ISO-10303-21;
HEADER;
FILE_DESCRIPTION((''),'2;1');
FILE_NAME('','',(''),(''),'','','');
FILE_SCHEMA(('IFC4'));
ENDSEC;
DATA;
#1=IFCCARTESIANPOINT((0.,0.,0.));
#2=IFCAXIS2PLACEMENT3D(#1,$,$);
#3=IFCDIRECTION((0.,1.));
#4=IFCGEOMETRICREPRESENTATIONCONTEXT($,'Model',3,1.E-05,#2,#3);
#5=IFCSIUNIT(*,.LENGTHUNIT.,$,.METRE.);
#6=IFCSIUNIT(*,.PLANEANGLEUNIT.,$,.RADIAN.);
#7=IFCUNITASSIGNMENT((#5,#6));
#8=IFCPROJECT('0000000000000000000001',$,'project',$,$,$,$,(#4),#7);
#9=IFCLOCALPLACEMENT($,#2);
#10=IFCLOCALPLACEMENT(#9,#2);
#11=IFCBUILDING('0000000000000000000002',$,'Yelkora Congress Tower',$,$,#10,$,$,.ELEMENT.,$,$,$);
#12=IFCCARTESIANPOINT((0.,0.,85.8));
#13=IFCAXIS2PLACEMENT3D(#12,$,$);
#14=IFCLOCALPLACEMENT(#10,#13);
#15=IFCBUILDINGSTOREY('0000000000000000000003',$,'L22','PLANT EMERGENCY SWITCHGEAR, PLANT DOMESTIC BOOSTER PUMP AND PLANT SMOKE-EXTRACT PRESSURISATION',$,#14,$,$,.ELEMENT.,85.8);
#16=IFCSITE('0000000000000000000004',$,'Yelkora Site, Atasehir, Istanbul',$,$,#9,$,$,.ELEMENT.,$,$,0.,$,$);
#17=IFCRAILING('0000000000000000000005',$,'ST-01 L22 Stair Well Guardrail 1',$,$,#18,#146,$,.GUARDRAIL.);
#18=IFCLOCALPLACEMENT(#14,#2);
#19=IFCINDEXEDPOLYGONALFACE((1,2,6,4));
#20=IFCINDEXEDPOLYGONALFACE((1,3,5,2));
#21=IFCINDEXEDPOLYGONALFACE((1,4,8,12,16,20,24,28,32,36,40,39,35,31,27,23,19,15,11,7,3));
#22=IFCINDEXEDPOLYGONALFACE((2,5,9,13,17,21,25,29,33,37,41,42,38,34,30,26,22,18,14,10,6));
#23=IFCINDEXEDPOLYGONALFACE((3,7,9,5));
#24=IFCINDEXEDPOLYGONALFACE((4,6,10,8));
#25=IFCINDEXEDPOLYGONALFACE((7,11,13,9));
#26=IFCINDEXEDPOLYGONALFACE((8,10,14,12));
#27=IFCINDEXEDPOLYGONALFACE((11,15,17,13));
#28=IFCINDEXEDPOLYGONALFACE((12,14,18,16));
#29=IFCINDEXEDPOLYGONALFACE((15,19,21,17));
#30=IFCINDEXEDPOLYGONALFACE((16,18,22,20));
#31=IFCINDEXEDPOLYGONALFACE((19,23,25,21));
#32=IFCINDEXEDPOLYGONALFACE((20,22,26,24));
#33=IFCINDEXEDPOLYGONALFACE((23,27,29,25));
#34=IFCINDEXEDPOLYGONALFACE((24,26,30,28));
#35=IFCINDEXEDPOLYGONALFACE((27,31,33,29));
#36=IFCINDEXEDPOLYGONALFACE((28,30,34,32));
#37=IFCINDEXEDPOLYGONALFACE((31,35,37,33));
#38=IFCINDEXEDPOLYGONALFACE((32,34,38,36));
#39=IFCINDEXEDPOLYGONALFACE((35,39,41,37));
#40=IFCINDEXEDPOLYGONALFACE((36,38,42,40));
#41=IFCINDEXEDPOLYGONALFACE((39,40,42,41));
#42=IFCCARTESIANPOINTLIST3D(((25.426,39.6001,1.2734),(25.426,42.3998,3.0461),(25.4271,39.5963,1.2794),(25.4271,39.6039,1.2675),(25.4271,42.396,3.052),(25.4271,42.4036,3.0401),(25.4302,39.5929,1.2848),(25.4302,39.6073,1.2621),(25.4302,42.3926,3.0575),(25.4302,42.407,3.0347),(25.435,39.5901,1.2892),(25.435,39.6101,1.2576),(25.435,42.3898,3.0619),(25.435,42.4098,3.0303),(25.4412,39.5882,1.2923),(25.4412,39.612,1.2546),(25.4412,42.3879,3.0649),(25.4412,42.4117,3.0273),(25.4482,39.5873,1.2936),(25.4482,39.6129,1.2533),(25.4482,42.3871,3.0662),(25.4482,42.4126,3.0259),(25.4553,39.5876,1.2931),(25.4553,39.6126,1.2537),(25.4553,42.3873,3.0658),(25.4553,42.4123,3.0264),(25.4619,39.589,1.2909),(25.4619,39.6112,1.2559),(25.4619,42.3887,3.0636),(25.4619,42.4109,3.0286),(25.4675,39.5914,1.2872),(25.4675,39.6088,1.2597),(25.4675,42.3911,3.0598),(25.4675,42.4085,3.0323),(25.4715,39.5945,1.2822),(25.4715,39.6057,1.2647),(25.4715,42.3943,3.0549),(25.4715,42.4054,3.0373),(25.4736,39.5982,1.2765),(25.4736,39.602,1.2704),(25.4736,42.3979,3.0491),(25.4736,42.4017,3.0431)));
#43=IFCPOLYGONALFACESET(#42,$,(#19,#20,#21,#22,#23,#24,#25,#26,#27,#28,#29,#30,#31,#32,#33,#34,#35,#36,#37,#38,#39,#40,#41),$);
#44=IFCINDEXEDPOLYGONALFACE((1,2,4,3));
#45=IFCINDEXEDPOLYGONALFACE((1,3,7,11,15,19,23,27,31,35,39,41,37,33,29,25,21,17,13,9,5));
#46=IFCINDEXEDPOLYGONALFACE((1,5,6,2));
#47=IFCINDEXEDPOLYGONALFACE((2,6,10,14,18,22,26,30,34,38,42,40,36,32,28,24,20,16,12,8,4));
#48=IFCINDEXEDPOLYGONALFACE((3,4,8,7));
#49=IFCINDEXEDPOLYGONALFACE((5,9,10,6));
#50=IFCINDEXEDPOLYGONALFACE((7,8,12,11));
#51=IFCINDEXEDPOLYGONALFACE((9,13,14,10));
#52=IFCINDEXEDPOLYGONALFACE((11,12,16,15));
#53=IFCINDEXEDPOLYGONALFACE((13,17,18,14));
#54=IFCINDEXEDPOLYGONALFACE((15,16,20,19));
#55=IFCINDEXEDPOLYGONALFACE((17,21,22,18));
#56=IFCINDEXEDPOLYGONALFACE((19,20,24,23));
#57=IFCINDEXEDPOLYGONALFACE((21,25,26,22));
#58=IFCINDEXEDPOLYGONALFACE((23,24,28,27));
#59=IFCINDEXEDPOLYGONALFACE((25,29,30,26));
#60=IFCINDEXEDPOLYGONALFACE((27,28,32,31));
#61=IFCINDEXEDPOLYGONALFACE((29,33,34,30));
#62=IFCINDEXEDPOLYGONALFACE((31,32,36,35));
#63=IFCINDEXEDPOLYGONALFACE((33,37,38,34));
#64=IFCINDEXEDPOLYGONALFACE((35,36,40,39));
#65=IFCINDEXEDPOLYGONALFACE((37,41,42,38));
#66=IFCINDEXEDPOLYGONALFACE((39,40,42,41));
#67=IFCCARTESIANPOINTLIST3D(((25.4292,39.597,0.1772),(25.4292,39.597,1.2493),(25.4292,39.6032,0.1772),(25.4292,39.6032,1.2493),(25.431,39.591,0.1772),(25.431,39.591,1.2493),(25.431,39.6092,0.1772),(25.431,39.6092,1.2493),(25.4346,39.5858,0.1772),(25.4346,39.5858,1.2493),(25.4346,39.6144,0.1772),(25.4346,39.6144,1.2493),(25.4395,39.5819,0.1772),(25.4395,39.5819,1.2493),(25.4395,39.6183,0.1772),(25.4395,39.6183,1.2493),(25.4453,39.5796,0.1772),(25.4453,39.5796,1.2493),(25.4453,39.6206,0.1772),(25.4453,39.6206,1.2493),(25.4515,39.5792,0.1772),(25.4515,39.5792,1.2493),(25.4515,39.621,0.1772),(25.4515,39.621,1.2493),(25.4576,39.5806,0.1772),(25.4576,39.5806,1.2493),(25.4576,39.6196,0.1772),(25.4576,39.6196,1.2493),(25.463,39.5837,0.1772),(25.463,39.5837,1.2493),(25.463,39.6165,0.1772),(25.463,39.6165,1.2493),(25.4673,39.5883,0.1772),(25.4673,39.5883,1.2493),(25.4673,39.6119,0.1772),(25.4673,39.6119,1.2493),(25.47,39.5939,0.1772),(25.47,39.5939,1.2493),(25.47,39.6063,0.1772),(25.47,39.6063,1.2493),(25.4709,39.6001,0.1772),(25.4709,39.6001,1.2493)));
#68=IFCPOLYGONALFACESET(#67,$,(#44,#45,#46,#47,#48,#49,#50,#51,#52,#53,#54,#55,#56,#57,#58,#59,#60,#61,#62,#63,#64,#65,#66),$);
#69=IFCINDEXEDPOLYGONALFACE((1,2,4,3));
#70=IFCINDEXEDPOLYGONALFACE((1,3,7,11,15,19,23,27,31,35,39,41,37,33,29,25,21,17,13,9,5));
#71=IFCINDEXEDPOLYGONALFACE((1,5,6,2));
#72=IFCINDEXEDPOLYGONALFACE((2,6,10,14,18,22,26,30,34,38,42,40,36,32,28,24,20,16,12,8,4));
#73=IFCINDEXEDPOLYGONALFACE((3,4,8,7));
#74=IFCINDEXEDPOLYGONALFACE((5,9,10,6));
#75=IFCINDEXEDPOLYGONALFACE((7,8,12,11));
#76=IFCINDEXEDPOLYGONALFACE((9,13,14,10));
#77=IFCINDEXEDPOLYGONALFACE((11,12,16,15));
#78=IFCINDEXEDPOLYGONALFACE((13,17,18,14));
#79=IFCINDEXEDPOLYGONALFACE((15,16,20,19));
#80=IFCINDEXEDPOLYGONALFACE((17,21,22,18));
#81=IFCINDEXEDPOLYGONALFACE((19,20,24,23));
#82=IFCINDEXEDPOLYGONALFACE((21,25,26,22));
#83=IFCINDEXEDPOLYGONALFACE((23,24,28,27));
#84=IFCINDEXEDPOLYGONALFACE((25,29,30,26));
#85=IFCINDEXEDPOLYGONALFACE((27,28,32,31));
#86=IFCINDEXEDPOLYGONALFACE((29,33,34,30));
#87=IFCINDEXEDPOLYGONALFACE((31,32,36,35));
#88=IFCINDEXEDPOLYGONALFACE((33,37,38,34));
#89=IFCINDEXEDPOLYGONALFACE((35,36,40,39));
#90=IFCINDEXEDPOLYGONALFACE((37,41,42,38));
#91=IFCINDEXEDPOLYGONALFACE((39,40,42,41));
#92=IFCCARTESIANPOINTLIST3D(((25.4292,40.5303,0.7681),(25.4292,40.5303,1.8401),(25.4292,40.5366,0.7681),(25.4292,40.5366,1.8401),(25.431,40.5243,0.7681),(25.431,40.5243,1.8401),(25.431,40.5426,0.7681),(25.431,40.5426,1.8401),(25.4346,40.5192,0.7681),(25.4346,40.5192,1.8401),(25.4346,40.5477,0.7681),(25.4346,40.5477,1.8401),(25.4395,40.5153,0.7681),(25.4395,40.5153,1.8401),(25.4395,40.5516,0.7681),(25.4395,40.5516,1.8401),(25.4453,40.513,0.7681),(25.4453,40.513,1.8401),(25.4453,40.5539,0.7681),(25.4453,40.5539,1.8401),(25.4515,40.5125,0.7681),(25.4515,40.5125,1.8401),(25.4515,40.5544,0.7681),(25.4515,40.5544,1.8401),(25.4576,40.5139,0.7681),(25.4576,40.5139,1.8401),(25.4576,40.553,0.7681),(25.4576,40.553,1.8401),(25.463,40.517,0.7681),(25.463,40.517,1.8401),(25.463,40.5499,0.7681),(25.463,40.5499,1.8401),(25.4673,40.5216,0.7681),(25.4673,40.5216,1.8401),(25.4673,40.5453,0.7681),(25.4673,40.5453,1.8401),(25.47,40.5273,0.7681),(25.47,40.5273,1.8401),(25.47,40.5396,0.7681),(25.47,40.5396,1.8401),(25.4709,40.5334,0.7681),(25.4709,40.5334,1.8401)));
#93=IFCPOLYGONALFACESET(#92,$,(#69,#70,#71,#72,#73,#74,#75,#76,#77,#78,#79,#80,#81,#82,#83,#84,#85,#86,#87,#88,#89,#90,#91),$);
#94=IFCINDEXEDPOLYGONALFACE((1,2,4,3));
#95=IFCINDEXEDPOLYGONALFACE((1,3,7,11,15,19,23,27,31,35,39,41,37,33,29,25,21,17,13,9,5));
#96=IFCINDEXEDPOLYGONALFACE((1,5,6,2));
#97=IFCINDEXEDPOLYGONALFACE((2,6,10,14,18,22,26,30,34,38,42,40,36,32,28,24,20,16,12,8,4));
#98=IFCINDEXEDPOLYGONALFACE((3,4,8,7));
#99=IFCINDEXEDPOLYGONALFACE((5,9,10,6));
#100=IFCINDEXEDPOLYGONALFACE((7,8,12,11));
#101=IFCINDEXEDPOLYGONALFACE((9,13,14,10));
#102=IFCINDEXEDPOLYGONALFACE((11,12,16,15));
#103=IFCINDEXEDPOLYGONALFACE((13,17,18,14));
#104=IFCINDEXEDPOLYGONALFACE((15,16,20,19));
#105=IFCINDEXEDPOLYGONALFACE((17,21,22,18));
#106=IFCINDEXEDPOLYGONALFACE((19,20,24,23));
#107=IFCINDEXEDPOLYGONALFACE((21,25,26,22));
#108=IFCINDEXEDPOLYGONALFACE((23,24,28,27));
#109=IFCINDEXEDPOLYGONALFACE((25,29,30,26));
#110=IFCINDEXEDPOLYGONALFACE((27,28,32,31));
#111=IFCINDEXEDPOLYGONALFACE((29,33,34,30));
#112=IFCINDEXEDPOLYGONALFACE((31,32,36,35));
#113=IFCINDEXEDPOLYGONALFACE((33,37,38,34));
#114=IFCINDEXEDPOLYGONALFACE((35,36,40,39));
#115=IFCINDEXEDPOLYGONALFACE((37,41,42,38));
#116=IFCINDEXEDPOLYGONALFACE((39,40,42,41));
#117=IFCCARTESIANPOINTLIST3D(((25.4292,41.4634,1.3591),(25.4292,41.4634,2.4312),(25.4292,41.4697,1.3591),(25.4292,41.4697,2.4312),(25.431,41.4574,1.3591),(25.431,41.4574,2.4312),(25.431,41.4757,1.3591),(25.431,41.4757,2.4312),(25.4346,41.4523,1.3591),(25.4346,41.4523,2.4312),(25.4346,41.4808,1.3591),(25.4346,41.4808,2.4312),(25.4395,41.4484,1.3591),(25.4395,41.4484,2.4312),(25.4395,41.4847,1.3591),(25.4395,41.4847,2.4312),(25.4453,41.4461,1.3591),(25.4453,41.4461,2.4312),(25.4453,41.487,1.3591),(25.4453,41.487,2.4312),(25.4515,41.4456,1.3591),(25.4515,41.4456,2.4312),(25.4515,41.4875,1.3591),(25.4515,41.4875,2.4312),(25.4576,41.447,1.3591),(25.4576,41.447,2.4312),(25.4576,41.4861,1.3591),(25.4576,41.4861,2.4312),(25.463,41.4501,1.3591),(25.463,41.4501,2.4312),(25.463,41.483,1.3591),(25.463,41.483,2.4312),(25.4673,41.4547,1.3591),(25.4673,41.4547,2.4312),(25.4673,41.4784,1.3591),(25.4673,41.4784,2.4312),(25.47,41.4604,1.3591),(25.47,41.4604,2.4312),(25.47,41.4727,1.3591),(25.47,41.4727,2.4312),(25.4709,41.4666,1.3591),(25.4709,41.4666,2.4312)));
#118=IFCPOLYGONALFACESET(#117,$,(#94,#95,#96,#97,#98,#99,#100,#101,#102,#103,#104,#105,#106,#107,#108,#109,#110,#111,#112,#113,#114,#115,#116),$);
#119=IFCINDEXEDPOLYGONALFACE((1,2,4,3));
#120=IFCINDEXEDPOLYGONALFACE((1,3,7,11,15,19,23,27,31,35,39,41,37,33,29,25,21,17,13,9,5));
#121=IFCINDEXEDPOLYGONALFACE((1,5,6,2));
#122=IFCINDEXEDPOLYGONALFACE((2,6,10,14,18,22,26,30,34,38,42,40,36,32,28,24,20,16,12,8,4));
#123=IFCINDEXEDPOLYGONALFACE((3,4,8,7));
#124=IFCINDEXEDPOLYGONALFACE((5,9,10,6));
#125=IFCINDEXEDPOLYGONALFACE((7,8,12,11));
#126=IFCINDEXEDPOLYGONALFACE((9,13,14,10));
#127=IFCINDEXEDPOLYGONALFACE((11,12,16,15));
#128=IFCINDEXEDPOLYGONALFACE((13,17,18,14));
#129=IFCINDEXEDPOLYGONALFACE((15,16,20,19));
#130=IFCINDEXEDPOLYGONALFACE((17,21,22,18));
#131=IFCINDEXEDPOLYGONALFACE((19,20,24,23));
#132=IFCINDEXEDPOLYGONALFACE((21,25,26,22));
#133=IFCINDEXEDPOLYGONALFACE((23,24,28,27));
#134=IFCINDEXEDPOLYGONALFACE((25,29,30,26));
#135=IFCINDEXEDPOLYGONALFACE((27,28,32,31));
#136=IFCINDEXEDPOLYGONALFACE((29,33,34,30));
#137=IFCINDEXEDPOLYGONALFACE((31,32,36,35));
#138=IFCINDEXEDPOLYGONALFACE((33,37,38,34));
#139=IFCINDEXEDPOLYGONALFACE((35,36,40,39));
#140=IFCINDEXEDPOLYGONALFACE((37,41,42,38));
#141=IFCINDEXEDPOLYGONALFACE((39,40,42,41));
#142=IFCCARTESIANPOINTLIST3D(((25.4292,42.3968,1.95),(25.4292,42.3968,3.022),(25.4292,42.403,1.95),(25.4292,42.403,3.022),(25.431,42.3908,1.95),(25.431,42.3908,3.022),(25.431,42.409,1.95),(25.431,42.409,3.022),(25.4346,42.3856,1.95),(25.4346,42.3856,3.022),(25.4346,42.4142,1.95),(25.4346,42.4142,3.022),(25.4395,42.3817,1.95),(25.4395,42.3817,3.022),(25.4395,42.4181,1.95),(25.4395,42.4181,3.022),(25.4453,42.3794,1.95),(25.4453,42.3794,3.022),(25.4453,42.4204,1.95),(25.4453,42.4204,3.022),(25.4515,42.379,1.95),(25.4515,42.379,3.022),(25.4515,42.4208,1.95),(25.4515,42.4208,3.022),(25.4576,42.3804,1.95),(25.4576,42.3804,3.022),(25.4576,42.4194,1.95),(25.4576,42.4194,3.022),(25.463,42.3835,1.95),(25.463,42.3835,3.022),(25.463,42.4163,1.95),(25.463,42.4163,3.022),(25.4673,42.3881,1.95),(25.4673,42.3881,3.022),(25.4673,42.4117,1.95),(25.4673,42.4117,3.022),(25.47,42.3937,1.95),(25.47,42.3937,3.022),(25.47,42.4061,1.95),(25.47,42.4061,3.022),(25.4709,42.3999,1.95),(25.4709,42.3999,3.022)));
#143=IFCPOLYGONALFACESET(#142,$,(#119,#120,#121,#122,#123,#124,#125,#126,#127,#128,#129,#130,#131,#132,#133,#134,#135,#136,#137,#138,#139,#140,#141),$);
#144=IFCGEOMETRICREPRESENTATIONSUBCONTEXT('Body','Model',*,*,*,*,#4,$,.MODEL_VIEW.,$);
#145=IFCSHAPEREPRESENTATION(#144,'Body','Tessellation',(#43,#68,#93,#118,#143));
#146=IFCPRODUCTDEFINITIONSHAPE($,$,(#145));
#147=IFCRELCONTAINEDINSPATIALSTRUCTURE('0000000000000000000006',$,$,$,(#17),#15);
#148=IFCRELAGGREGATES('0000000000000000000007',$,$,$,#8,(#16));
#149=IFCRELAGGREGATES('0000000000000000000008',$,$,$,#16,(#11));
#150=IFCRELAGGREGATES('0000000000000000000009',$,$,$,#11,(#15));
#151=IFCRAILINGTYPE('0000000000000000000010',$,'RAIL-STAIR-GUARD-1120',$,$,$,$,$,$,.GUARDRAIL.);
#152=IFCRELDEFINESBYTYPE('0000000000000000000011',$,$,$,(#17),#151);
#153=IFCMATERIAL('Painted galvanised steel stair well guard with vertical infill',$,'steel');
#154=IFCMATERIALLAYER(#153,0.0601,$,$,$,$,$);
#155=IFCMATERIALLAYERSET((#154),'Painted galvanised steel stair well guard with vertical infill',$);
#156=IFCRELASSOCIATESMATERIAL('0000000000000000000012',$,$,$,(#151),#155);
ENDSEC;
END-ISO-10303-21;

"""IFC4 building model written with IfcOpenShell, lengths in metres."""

from ifc_helpers import new_model, si_unit, direction, frame, origin, origin_2d, place, context, subcontext, project, spatial, circle, extrude, material, layer, layer_set, type_object, element, save


model = new_model("IFC4")

# Units and contexts
model_context = context("Model", 3, precision=1e-05, world=origin(), true_north=direction((0.0, 1.0)))
body_context = subcontext(model_context, "Body", "Model", "MODEL_VIEW")
ifc_project = project(units=[si_unit("LENGTHUNIT", "METRE"), si_unit("PLANEANGLEUNIT", "RADIAN")], contexts=[model_context])

# Site, building, storey
site_placement = place(None, origin())
site = spatial("IfcSite", under=ifc_project, at=site_placement, Name="Yelkora Site, Atasehir, Istanbul", CompositionType="ELEMENT", RefElevation=0.0)
building_placement = place(site_placement, origin())
building = spatial("IfcBuilding", under=site, at=building_placement, Name="Yelkora Congress Tower", CompositionType="ELEMENT")
storey_placement = place(building_placement, frame((0.0, 0.0, 85.8)))
storey = spatial("IfcBuildingStorey", under=building, at=storey_placement, Name="L22", Description="PLANT EMERGENCY SWITCHGEAR, PLANT DOMESTIC BOOSTER PUMP AND PLANT SMOKE-EXTRACT PRESSURISATION", CompositionType="ELEMENT", Elevation=85.8)

# Railing
ifc_material_1 = material(Name="Painted galvanised steel stair well guard with vertical infill", Category="steel")
ifc_layer_1 = layer(ifc_material_1, 0.0601)
ifc_layer_set_1 = layer_set([ifc_layer_1], Name="Painted galvanised steel stair well guard with vertical infill")
railing_type_1 = type_object("IfcRailingType", Name="RAIL-STAIR-GUARD-1120", PredefinedType="GUARDRAIL", material=ifc_layer_set_1)
railing_1_placement = place(storey_placement, frame((25.45, 39.6001, 0.1772)))
element("IfcRailing", 1, at=railing_1_placement, inside=storey, type_object=railing_type_1, Name="ST-01 L22 Stair Well Guardrail 1", PredefinedType="GUARDRAIL", context=body_context, shape_type="SweptSolid", body=[
    extrude(circle(Radius=0.0239, at=origin_2d()), frame((0.0, 0.0, 1.0962), z_axis=(0.0, 0.844888, 0.534943), x_axis=(-1.0, 0.0, 0.0)), (0.0, 0.0, 1.0), 3.3137),
    extrude(circle(Radius=0.021, at=origin_2d()), origin(), (0.0, 0.0, 1.0), 1.072),
    extrude(circle(Radius=0.021, at=origin_2d()), frame((0.0, 0.9333, 0.5908)), (0.0, 0.0, 1.0), 1.072),
    extrude(circle(Radius=0.021, at=origin_2d()), frame((0.0, 1.8665, 1.1819)), (0.0, 0.0, 1.0), 1.072),
    extrude(circle(Radius=0.021, at=origin_2d()), frame((0.0, 2.7998, 1.7727)), (0.0, 0.0, 1.0), 1.072),
])

save(model, "model.ifc")
